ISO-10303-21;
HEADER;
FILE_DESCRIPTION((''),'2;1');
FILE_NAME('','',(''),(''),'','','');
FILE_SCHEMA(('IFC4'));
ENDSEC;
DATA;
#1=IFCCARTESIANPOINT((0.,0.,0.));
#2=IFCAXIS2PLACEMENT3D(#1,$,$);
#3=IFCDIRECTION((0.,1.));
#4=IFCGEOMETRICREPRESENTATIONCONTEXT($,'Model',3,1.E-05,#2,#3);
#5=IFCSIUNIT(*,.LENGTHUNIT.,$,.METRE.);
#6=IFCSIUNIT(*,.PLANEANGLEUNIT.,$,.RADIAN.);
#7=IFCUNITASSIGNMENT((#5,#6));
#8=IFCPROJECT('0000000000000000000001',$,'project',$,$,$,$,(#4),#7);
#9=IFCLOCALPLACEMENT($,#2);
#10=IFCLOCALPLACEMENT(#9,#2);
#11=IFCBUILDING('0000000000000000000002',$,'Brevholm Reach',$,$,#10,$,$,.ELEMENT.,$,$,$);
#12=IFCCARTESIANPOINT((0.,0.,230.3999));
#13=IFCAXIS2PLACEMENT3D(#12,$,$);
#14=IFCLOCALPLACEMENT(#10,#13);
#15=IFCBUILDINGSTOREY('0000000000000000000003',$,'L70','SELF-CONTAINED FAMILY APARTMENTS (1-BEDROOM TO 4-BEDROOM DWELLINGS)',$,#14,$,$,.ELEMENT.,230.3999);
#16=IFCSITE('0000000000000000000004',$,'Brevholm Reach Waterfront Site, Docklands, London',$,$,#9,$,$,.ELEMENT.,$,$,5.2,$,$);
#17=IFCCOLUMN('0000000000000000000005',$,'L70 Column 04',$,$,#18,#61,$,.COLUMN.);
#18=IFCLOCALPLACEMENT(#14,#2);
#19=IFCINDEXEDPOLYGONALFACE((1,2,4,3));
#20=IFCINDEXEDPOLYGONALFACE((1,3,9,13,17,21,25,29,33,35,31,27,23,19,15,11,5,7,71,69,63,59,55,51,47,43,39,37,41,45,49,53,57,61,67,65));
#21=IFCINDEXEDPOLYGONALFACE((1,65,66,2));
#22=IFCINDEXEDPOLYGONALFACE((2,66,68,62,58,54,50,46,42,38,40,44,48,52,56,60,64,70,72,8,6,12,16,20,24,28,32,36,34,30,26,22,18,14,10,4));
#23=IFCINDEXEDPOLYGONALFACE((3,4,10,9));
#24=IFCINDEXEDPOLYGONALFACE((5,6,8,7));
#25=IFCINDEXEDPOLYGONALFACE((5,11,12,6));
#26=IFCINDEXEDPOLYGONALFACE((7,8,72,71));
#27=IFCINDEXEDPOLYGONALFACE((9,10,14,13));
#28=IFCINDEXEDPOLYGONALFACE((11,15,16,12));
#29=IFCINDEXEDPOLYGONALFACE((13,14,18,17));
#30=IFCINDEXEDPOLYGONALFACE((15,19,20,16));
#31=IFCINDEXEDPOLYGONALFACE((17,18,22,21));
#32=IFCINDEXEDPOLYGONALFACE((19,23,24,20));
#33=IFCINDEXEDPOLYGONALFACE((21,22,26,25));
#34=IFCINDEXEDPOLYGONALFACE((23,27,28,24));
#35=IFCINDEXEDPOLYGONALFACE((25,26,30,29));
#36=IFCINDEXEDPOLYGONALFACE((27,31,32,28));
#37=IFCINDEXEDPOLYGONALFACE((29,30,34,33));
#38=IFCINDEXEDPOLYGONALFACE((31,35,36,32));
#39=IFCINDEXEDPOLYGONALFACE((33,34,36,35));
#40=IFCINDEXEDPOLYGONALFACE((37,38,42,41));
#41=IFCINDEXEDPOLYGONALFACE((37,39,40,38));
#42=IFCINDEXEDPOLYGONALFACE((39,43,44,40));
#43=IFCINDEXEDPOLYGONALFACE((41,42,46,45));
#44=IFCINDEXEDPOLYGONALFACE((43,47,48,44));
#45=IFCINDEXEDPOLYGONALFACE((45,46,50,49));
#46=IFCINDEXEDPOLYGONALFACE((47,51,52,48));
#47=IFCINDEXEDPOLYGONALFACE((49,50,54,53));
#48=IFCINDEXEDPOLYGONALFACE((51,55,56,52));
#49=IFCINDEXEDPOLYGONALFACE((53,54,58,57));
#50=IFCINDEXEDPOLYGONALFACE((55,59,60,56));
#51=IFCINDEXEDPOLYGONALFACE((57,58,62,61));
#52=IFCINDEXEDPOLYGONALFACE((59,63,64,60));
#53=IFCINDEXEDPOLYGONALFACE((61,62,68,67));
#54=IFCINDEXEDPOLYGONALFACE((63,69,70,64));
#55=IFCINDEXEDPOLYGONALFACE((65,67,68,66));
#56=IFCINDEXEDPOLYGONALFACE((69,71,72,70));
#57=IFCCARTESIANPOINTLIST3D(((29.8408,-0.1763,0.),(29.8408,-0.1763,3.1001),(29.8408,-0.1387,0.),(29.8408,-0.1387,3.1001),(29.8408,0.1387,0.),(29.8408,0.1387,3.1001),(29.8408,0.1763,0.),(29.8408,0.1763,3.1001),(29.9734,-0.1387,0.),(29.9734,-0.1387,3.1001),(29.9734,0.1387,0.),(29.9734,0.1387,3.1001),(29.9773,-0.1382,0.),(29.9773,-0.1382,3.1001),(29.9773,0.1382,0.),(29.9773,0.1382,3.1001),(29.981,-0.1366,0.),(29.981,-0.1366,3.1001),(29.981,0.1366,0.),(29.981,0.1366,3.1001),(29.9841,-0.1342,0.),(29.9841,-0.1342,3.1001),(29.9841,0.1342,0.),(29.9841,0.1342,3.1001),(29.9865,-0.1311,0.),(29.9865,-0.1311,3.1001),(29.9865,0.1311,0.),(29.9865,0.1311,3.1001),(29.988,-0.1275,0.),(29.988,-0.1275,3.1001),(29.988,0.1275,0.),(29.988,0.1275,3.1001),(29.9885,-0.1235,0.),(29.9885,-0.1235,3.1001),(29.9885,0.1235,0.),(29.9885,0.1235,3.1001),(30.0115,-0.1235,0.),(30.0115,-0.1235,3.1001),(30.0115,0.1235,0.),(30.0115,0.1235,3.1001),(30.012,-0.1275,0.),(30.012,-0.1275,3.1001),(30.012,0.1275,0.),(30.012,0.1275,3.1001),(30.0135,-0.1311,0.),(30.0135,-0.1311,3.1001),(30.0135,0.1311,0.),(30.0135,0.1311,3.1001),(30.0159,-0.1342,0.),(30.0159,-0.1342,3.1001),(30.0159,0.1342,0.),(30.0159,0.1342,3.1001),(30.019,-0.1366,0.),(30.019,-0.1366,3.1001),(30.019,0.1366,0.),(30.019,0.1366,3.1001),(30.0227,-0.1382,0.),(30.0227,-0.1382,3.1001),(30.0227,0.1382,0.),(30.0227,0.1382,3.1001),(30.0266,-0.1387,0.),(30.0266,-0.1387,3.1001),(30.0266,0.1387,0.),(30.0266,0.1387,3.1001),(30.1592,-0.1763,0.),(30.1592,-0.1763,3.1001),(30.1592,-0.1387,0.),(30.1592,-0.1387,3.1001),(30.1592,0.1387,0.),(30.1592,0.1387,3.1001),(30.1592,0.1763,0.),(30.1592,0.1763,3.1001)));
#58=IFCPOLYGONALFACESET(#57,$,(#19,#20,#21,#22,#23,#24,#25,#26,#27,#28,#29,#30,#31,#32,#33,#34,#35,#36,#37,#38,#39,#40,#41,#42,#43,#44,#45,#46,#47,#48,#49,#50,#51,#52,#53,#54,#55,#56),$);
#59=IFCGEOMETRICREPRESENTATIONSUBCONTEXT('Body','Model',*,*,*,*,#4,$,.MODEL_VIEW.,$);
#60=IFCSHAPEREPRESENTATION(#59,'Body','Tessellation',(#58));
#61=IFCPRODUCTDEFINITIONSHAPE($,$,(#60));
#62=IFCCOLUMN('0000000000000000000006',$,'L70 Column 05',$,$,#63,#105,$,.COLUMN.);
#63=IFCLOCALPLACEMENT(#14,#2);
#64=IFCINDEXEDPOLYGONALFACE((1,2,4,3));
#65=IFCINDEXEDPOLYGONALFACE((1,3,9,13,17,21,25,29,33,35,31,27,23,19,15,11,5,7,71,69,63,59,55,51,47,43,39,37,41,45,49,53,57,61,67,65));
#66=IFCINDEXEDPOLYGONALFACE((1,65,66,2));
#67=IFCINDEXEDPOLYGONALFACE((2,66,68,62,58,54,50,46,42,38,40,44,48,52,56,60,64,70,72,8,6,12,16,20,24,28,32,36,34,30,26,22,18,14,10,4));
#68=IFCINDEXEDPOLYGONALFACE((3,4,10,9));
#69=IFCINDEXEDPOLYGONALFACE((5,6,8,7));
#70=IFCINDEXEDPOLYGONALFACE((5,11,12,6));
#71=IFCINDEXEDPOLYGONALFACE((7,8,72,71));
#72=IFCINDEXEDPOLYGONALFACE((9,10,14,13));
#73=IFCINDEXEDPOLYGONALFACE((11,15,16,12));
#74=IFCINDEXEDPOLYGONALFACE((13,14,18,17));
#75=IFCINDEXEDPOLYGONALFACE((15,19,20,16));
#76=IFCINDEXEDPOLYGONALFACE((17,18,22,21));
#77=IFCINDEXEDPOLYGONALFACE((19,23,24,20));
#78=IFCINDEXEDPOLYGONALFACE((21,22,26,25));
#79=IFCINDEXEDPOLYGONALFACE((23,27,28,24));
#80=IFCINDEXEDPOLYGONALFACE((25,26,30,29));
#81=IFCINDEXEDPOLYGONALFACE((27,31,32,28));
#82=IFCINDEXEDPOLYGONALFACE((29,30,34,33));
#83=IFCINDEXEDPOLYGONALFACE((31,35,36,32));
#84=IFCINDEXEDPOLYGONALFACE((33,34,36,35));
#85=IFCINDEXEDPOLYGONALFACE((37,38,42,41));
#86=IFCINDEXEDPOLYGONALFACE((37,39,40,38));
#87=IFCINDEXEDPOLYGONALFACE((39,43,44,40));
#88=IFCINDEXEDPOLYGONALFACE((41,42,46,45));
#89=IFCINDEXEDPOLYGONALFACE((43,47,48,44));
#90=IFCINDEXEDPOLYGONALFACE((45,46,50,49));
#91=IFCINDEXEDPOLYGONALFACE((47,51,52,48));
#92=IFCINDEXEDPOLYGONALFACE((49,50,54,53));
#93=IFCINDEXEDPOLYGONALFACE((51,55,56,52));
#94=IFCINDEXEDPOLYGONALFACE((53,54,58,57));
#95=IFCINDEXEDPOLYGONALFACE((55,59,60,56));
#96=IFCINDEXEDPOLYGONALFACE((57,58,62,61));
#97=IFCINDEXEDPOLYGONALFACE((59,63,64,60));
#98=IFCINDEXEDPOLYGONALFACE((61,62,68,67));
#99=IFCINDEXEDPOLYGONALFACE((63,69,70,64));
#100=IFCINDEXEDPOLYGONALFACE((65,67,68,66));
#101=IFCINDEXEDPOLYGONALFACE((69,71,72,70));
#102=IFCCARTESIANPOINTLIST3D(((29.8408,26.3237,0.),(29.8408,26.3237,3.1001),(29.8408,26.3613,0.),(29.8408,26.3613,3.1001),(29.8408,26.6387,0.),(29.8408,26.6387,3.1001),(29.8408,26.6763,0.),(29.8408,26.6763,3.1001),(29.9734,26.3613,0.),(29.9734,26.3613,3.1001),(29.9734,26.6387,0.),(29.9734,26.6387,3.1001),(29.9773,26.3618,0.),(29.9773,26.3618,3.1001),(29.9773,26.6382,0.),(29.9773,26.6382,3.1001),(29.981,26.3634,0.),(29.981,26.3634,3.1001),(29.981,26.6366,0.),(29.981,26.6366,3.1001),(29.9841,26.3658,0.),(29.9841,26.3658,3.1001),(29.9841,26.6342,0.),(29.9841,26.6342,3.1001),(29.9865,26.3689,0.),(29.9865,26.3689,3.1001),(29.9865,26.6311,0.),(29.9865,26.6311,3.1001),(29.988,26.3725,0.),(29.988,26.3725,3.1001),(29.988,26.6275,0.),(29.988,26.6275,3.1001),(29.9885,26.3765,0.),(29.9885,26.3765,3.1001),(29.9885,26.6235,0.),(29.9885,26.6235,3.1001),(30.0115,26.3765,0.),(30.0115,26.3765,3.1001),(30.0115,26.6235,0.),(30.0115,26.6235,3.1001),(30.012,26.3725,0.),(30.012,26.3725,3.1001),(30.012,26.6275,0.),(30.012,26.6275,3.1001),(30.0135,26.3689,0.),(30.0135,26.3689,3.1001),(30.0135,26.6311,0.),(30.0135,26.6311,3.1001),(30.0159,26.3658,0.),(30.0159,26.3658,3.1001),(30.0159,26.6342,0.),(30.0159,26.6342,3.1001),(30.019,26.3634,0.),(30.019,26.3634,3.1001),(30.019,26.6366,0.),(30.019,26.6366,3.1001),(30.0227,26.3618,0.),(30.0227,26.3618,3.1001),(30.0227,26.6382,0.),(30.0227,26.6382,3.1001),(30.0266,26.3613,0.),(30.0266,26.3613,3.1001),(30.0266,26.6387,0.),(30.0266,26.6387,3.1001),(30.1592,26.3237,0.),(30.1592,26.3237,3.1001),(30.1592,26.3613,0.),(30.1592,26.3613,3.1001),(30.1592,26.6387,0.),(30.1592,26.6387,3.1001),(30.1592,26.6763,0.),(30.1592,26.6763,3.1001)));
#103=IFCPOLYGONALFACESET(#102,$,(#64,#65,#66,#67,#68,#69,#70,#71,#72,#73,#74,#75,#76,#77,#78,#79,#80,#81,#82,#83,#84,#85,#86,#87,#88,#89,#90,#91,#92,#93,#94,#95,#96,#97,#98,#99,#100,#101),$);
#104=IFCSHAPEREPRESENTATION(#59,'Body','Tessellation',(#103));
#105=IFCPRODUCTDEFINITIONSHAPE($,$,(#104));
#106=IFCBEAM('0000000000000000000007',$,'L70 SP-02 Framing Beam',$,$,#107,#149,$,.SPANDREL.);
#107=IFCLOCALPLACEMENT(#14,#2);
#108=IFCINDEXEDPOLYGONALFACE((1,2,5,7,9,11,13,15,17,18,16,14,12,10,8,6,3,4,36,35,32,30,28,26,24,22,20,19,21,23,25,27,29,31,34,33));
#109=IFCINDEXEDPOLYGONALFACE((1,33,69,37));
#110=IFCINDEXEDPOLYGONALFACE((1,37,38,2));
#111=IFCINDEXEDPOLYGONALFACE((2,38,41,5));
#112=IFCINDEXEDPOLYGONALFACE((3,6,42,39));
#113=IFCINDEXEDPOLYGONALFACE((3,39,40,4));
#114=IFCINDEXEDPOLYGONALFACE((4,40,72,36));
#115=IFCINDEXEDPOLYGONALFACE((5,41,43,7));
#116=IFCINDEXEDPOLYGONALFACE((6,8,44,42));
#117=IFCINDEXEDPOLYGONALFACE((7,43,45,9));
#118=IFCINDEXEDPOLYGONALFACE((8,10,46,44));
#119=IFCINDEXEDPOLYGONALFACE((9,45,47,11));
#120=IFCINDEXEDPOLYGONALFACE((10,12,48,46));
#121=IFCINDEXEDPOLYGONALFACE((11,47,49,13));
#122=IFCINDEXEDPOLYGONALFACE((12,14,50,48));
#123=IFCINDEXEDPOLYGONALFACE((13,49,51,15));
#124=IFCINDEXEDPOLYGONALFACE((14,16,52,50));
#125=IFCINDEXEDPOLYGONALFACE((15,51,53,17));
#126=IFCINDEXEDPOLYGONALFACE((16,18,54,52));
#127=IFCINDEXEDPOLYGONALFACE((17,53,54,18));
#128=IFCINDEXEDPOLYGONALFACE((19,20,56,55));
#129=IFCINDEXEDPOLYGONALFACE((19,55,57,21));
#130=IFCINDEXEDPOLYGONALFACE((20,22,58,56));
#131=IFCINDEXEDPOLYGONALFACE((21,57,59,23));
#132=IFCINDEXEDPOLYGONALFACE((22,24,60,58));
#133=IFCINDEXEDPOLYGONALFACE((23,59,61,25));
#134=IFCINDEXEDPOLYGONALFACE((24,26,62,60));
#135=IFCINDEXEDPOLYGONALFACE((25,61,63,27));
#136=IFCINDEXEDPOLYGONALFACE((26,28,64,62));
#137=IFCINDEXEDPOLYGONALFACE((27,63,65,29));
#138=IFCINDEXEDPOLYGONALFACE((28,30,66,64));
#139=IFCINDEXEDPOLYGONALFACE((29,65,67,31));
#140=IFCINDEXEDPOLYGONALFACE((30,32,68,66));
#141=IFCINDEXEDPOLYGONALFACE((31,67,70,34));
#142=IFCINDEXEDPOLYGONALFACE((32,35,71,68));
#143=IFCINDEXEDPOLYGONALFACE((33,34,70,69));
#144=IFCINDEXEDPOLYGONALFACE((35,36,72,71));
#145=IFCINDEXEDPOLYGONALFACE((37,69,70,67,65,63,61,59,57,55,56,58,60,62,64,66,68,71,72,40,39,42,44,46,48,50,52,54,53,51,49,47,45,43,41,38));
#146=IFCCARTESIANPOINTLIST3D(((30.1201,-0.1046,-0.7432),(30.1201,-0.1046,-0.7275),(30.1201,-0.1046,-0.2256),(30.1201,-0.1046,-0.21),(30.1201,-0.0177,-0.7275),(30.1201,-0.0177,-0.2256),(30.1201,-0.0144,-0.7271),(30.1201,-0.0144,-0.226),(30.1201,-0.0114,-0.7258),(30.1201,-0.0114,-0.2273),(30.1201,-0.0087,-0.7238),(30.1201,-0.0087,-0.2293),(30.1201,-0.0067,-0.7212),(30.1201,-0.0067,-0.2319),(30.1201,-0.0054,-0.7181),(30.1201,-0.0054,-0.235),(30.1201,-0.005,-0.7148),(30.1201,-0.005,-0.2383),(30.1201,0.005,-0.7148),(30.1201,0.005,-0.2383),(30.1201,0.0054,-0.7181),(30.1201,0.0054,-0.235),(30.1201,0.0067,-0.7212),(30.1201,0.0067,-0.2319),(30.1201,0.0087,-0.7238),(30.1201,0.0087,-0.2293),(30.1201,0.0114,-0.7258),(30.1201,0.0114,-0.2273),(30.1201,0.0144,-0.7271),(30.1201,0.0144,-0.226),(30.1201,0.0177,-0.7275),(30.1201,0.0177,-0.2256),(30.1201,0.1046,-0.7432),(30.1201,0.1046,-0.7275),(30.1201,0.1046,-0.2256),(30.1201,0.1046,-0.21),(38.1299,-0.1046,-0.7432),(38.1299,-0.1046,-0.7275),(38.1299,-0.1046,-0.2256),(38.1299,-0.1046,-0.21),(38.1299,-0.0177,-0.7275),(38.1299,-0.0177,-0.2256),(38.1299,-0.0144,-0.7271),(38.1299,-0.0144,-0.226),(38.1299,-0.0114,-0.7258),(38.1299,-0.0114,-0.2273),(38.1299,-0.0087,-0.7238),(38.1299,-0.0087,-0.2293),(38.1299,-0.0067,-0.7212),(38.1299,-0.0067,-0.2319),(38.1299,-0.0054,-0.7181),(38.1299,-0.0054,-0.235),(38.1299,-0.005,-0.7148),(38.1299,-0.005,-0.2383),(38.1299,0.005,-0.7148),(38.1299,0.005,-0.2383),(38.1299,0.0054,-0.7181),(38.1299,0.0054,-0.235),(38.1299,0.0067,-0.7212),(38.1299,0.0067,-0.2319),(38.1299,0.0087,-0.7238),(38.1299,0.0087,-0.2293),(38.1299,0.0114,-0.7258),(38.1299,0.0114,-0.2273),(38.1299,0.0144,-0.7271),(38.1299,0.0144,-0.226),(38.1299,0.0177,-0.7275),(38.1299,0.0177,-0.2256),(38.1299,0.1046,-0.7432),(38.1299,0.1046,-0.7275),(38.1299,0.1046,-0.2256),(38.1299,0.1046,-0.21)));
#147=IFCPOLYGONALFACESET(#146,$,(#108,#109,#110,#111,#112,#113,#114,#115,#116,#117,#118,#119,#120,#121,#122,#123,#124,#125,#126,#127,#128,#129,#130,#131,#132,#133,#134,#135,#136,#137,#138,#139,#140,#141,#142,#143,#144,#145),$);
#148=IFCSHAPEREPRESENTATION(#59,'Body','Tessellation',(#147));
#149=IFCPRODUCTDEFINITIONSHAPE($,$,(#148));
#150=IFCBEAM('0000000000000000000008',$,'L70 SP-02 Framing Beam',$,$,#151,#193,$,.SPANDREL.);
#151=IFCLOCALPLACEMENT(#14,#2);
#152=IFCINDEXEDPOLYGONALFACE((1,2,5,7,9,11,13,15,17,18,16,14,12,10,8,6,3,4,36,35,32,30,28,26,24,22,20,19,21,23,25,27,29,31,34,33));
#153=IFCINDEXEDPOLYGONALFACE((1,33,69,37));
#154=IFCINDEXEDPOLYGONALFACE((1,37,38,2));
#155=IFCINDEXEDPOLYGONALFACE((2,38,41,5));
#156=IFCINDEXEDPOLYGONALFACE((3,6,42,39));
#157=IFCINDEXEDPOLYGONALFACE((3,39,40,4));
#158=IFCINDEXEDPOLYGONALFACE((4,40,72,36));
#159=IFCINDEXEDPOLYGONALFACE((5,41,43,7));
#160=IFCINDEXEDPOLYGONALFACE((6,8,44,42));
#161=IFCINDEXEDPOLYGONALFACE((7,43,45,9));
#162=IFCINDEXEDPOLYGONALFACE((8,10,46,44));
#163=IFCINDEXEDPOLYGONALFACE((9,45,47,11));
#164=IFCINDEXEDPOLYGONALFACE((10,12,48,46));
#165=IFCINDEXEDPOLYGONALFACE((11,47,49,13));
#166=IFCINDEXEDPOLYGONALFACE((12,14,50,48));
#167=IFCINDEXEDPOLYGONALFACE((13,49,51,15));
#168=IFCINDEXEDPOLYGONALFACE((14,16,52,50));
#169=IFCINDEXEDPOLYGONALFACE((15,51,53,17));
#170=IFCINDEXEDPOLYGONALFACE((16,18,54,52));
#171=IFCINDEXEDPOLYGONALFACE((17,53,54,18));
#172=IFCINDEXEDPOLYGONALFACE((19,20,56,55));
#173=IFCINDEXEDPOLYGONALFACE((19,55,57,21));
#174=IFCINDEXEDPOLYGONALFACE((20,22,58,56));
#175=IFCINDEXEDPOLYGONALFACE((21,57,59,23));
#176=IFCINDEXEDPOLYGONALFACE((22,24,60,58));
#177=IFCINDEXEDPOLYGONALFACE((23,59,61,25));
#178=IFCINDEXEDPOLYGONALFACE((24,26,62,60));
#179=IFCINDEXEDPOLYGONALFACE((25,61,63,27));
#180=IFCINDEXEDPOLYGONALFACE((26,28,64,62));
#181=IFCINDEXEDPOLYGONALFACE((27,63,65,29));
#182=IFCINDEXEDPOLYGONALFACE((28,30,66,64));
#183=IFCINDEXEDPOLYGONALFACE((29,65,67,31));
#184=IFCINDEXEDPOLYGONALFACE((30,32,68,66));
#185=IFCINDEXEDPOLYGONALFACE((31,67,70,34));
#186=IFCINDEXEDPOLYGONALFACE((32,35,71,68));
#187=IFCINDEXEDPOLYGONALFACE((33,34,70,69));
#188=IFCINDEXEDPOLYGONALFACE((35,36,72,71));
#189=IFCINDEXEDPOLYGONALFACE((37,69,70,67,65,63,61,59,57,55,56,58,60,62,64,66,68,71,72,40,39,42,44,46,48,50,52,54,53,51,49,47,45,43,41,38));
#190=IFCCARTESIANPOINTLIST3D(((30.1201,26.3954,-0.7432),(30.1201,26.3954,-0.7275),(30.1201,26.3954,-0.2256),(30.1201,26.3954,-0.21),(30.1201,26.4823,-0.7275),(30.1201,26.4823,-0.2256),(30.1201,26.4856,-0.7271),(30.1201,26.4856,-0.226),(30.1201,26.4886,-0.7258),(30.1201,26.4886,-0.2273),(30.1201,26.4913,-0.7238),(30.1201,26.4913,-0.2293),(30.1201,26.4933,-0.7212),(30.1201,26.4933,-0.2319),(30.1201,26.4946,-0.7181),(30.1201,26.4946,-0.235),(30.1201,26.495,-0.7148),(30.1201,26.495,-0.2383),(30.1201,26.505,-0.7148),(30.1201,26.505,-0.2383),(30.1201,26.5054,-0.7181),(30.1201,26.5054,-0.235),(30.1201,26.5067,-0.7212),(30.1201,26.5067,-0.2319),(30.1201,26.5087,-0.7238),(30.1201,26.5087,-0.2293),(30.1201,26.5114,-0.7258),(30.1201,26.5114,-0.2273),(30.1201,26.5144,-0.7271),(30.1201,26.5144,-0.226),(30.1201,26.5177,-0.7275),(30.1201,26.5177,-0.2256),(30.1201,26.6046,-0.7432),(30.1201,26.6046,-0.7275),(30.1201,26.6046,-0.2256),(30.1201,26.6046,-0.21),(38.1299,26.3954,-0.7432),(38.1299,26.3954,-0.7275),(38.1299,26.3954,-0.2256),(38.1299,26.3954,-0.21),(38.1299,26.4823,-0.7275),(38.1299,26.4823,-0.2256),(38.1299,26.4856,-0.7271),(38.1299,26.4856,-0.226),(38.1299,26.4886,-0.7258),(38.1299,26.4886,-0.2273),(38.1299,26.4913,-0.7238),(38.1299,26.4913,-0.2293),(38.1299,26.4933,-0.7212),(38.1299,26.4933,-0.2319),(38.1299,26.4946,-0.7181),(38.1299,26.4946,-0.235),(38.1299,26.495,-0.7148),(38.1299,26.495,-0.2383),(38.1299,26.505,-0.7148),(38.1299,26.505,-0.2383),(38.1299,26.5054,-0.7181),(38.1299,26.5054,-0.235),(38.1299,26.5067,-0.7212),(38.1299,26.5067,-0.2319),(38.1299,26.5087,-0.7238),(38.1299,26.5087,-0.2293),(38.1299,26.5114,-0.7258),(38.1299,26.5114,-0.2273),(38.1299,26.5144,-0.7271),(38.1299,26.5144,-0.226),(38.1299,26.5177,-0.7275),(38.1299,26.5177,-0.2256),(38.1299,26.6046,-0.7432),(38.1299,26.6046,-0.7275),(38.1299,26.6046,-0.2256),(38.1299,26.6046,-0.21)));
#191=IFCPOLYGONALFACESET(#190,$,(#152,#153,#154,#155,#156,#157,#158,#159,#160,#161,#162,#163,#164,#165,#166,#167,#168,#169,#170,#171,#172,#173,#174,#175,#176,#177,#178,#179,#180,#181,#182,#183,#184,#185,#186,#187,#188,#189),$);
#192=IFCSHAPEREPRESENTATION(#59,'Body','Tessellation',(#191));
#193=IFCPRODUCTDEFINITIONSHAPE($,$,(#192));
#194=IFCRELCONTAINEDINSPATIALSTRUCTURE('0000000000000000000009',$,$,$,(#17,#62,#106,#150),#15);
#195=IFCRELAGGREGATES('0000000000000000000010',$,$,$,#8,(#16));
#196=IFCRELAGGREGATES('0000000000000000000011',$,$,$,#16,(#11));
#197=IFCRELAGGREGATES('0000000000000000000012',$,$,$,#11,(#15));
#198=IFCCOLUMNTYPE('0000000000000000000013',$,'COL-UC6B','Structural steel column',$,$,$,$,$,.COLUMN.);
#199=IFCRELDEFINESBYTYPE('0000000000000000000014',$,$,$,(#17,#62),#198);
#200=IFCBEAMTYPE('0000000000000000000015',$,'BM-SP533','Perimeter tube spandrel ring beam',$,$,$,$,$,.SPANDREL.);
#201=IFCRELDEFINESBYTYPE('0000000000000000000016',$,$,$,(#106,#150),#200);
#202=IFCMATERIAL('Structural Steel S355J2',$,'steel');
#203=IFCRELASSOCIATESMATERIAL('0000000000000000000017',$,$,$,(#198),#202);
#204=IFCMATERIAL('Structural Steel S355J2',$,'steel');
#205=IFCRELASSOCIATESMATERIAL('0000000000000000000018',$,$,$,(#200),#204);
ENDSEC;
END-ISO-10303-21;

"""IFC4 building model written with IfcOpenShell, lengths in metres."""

from ifc_helpers import new_model, si_unit, direction, frame, origin, origin_2d, place, context, subcontext, project, spatial, i_section, extrude, material, material_profile, profile_set, type_object, element, save


model = new_model("IFC4")

# Units and contexts
model_context = context("Model", 3, precision=1e-05, world=origin(), true_north=direction((0.0, 1.0)))
body_context = subcontext(model_context, "Body", "Model", "MODEL_VIEW")
ifc_project = project(units=[si_unit("LENGTHUNIT", "METRE"), si_unit("PLANEANGLEUNIT", "RADIAN")], contexts=[model_context])

# Site, building, storey
site_placement = place(None, origin())
site = spatial("IfcSite", under=ifc_project, at=site_placement, Name="Brevholm Reach Waterfront Site, Docklands, London", CompositionType="ELEMENT", RefElevation=5.2)
building_placement = place(site_placement, origin())
building = spatial("IfcBuilding", under=site, at=building_placement, Name="Brevholm Reach", CompositionType="ELEMENT")
storey_placement = place(building_placement, frame((0.0, 0.0, 230.3999)))
storey = spatial("IfcBuildingStorey", under=building, at=storey_placement, Name="L70", Description="SELF-CONTAINED FAMILY APARTMENTS (1-BEDROOM TO 4-BEDROOM DWELLINGS)", CompositionType="ELEMENT", Elevation=230.3999)

# Columns
ifc_material_1 = material(Name="Structural Steel S355J2", Category="steel")
ifc_material_profile_1 = material_profile(ifc_material_1, i_section(OverallWidth=0.3184, OverallDepth=0.3525, WebThickness=0.0229, FlangeThickness=0.0376, FilletRadius=0.0151, at=origin_2d()), Name="UKC 305x305x240")
ifc_profile_set_1 = profile_set([ifc_material_profile_1], Name="Structural Steel S355J2")
column_type = type_object("IfcColumnType", Name="COL-UC6B", Description="Structural steel column", PredefinedType="COLUMN", material=ifc_profile_set_1)
for number, where, z_axis, x_axis, name in (
    (1, (30.0, 0.0, 0.0), (0.0, 0.0, 1.0), (1.0, 0.0, 0.0), "L70 Column 04"),
    (2, (30.0, 26.5, 0.0), (0.0, 0.0, 1.0), (1.0, 0.0, 0.0), "L70 Column 05"),
):
    element("IfcColumn", number, at=place(storey_placement, frame(where, z_axis=z_axis, x_axis=x_axis)), inside=storey, type_object=column_type, Name=name, PredefinedType="COLUMN", context=body_context, shape_type="SweptSolid", body=[
        extrude(i_section(OverallWidth=0.3184, OverallDepth=0.3525, WebThickness=0.0229, FlangeThickness=0.0376, FilletRadius=0.0151, at=origin_2d()), origin(), (0.0, 0.0, 1.0), 3.1001),
    ])

# Beams
ifc_material_2 = material(Name="Structural Steel S355J2", Category="steel")
ifc_material_profile_2 = material_profile(ifc_material_2, i_section(OverallWidth=0.2092, OverallDepth=0.5332, WebThickness=0.01, FlangeThickness=0.0156, FilletRadius=0.0127, at=origin_2d()), Name="UKB 533x210x92")
ifc_profile_set_2 = profile_set([ifc_material_profile_2], Name="Structural Steel S355J2")
beam_type = type_object("IfcBeamType", Name="BM-SP533", Description="Perimeter tube spandrel ring beam", PredefinedType="SPANDREL", material=ifc_profile_set_2)
for number, where, z_axis, x_axis, name in (
    (3, (30.1201, 0.0, -0.4766), (1.0, 0.0, 0.0), (0.0, 1.0, 0.0), "L70 SP-02 Framing Beam"),
    (4, (30.1201, 26.5, -0.4766), (1.0, 0.0, 0.0), (0.0, 1.0, 0.0), "L70 SP-02 Framing Beam"),
):
    element("IfcBeam", number, at=place(storey_placement, frame(where, z_axis=z_axis, x_axis=x_axis)), inside=storey, type_object=beam_type, Name=name, PredefinedType="SPANDREL", context=body_context, shape_type="SweptSolid", body=[
        extrude(i_section(OverallWidth=0.2092, OverallDepth=0.5332, WebThickness=0.01, FlangeThickness=0.0156, FilletRadius=0.0127, at=origin_2d()), origin(), (0.0, 0.0, 1.0), 8.0098),
    ])

save(model, "model.ifc")
